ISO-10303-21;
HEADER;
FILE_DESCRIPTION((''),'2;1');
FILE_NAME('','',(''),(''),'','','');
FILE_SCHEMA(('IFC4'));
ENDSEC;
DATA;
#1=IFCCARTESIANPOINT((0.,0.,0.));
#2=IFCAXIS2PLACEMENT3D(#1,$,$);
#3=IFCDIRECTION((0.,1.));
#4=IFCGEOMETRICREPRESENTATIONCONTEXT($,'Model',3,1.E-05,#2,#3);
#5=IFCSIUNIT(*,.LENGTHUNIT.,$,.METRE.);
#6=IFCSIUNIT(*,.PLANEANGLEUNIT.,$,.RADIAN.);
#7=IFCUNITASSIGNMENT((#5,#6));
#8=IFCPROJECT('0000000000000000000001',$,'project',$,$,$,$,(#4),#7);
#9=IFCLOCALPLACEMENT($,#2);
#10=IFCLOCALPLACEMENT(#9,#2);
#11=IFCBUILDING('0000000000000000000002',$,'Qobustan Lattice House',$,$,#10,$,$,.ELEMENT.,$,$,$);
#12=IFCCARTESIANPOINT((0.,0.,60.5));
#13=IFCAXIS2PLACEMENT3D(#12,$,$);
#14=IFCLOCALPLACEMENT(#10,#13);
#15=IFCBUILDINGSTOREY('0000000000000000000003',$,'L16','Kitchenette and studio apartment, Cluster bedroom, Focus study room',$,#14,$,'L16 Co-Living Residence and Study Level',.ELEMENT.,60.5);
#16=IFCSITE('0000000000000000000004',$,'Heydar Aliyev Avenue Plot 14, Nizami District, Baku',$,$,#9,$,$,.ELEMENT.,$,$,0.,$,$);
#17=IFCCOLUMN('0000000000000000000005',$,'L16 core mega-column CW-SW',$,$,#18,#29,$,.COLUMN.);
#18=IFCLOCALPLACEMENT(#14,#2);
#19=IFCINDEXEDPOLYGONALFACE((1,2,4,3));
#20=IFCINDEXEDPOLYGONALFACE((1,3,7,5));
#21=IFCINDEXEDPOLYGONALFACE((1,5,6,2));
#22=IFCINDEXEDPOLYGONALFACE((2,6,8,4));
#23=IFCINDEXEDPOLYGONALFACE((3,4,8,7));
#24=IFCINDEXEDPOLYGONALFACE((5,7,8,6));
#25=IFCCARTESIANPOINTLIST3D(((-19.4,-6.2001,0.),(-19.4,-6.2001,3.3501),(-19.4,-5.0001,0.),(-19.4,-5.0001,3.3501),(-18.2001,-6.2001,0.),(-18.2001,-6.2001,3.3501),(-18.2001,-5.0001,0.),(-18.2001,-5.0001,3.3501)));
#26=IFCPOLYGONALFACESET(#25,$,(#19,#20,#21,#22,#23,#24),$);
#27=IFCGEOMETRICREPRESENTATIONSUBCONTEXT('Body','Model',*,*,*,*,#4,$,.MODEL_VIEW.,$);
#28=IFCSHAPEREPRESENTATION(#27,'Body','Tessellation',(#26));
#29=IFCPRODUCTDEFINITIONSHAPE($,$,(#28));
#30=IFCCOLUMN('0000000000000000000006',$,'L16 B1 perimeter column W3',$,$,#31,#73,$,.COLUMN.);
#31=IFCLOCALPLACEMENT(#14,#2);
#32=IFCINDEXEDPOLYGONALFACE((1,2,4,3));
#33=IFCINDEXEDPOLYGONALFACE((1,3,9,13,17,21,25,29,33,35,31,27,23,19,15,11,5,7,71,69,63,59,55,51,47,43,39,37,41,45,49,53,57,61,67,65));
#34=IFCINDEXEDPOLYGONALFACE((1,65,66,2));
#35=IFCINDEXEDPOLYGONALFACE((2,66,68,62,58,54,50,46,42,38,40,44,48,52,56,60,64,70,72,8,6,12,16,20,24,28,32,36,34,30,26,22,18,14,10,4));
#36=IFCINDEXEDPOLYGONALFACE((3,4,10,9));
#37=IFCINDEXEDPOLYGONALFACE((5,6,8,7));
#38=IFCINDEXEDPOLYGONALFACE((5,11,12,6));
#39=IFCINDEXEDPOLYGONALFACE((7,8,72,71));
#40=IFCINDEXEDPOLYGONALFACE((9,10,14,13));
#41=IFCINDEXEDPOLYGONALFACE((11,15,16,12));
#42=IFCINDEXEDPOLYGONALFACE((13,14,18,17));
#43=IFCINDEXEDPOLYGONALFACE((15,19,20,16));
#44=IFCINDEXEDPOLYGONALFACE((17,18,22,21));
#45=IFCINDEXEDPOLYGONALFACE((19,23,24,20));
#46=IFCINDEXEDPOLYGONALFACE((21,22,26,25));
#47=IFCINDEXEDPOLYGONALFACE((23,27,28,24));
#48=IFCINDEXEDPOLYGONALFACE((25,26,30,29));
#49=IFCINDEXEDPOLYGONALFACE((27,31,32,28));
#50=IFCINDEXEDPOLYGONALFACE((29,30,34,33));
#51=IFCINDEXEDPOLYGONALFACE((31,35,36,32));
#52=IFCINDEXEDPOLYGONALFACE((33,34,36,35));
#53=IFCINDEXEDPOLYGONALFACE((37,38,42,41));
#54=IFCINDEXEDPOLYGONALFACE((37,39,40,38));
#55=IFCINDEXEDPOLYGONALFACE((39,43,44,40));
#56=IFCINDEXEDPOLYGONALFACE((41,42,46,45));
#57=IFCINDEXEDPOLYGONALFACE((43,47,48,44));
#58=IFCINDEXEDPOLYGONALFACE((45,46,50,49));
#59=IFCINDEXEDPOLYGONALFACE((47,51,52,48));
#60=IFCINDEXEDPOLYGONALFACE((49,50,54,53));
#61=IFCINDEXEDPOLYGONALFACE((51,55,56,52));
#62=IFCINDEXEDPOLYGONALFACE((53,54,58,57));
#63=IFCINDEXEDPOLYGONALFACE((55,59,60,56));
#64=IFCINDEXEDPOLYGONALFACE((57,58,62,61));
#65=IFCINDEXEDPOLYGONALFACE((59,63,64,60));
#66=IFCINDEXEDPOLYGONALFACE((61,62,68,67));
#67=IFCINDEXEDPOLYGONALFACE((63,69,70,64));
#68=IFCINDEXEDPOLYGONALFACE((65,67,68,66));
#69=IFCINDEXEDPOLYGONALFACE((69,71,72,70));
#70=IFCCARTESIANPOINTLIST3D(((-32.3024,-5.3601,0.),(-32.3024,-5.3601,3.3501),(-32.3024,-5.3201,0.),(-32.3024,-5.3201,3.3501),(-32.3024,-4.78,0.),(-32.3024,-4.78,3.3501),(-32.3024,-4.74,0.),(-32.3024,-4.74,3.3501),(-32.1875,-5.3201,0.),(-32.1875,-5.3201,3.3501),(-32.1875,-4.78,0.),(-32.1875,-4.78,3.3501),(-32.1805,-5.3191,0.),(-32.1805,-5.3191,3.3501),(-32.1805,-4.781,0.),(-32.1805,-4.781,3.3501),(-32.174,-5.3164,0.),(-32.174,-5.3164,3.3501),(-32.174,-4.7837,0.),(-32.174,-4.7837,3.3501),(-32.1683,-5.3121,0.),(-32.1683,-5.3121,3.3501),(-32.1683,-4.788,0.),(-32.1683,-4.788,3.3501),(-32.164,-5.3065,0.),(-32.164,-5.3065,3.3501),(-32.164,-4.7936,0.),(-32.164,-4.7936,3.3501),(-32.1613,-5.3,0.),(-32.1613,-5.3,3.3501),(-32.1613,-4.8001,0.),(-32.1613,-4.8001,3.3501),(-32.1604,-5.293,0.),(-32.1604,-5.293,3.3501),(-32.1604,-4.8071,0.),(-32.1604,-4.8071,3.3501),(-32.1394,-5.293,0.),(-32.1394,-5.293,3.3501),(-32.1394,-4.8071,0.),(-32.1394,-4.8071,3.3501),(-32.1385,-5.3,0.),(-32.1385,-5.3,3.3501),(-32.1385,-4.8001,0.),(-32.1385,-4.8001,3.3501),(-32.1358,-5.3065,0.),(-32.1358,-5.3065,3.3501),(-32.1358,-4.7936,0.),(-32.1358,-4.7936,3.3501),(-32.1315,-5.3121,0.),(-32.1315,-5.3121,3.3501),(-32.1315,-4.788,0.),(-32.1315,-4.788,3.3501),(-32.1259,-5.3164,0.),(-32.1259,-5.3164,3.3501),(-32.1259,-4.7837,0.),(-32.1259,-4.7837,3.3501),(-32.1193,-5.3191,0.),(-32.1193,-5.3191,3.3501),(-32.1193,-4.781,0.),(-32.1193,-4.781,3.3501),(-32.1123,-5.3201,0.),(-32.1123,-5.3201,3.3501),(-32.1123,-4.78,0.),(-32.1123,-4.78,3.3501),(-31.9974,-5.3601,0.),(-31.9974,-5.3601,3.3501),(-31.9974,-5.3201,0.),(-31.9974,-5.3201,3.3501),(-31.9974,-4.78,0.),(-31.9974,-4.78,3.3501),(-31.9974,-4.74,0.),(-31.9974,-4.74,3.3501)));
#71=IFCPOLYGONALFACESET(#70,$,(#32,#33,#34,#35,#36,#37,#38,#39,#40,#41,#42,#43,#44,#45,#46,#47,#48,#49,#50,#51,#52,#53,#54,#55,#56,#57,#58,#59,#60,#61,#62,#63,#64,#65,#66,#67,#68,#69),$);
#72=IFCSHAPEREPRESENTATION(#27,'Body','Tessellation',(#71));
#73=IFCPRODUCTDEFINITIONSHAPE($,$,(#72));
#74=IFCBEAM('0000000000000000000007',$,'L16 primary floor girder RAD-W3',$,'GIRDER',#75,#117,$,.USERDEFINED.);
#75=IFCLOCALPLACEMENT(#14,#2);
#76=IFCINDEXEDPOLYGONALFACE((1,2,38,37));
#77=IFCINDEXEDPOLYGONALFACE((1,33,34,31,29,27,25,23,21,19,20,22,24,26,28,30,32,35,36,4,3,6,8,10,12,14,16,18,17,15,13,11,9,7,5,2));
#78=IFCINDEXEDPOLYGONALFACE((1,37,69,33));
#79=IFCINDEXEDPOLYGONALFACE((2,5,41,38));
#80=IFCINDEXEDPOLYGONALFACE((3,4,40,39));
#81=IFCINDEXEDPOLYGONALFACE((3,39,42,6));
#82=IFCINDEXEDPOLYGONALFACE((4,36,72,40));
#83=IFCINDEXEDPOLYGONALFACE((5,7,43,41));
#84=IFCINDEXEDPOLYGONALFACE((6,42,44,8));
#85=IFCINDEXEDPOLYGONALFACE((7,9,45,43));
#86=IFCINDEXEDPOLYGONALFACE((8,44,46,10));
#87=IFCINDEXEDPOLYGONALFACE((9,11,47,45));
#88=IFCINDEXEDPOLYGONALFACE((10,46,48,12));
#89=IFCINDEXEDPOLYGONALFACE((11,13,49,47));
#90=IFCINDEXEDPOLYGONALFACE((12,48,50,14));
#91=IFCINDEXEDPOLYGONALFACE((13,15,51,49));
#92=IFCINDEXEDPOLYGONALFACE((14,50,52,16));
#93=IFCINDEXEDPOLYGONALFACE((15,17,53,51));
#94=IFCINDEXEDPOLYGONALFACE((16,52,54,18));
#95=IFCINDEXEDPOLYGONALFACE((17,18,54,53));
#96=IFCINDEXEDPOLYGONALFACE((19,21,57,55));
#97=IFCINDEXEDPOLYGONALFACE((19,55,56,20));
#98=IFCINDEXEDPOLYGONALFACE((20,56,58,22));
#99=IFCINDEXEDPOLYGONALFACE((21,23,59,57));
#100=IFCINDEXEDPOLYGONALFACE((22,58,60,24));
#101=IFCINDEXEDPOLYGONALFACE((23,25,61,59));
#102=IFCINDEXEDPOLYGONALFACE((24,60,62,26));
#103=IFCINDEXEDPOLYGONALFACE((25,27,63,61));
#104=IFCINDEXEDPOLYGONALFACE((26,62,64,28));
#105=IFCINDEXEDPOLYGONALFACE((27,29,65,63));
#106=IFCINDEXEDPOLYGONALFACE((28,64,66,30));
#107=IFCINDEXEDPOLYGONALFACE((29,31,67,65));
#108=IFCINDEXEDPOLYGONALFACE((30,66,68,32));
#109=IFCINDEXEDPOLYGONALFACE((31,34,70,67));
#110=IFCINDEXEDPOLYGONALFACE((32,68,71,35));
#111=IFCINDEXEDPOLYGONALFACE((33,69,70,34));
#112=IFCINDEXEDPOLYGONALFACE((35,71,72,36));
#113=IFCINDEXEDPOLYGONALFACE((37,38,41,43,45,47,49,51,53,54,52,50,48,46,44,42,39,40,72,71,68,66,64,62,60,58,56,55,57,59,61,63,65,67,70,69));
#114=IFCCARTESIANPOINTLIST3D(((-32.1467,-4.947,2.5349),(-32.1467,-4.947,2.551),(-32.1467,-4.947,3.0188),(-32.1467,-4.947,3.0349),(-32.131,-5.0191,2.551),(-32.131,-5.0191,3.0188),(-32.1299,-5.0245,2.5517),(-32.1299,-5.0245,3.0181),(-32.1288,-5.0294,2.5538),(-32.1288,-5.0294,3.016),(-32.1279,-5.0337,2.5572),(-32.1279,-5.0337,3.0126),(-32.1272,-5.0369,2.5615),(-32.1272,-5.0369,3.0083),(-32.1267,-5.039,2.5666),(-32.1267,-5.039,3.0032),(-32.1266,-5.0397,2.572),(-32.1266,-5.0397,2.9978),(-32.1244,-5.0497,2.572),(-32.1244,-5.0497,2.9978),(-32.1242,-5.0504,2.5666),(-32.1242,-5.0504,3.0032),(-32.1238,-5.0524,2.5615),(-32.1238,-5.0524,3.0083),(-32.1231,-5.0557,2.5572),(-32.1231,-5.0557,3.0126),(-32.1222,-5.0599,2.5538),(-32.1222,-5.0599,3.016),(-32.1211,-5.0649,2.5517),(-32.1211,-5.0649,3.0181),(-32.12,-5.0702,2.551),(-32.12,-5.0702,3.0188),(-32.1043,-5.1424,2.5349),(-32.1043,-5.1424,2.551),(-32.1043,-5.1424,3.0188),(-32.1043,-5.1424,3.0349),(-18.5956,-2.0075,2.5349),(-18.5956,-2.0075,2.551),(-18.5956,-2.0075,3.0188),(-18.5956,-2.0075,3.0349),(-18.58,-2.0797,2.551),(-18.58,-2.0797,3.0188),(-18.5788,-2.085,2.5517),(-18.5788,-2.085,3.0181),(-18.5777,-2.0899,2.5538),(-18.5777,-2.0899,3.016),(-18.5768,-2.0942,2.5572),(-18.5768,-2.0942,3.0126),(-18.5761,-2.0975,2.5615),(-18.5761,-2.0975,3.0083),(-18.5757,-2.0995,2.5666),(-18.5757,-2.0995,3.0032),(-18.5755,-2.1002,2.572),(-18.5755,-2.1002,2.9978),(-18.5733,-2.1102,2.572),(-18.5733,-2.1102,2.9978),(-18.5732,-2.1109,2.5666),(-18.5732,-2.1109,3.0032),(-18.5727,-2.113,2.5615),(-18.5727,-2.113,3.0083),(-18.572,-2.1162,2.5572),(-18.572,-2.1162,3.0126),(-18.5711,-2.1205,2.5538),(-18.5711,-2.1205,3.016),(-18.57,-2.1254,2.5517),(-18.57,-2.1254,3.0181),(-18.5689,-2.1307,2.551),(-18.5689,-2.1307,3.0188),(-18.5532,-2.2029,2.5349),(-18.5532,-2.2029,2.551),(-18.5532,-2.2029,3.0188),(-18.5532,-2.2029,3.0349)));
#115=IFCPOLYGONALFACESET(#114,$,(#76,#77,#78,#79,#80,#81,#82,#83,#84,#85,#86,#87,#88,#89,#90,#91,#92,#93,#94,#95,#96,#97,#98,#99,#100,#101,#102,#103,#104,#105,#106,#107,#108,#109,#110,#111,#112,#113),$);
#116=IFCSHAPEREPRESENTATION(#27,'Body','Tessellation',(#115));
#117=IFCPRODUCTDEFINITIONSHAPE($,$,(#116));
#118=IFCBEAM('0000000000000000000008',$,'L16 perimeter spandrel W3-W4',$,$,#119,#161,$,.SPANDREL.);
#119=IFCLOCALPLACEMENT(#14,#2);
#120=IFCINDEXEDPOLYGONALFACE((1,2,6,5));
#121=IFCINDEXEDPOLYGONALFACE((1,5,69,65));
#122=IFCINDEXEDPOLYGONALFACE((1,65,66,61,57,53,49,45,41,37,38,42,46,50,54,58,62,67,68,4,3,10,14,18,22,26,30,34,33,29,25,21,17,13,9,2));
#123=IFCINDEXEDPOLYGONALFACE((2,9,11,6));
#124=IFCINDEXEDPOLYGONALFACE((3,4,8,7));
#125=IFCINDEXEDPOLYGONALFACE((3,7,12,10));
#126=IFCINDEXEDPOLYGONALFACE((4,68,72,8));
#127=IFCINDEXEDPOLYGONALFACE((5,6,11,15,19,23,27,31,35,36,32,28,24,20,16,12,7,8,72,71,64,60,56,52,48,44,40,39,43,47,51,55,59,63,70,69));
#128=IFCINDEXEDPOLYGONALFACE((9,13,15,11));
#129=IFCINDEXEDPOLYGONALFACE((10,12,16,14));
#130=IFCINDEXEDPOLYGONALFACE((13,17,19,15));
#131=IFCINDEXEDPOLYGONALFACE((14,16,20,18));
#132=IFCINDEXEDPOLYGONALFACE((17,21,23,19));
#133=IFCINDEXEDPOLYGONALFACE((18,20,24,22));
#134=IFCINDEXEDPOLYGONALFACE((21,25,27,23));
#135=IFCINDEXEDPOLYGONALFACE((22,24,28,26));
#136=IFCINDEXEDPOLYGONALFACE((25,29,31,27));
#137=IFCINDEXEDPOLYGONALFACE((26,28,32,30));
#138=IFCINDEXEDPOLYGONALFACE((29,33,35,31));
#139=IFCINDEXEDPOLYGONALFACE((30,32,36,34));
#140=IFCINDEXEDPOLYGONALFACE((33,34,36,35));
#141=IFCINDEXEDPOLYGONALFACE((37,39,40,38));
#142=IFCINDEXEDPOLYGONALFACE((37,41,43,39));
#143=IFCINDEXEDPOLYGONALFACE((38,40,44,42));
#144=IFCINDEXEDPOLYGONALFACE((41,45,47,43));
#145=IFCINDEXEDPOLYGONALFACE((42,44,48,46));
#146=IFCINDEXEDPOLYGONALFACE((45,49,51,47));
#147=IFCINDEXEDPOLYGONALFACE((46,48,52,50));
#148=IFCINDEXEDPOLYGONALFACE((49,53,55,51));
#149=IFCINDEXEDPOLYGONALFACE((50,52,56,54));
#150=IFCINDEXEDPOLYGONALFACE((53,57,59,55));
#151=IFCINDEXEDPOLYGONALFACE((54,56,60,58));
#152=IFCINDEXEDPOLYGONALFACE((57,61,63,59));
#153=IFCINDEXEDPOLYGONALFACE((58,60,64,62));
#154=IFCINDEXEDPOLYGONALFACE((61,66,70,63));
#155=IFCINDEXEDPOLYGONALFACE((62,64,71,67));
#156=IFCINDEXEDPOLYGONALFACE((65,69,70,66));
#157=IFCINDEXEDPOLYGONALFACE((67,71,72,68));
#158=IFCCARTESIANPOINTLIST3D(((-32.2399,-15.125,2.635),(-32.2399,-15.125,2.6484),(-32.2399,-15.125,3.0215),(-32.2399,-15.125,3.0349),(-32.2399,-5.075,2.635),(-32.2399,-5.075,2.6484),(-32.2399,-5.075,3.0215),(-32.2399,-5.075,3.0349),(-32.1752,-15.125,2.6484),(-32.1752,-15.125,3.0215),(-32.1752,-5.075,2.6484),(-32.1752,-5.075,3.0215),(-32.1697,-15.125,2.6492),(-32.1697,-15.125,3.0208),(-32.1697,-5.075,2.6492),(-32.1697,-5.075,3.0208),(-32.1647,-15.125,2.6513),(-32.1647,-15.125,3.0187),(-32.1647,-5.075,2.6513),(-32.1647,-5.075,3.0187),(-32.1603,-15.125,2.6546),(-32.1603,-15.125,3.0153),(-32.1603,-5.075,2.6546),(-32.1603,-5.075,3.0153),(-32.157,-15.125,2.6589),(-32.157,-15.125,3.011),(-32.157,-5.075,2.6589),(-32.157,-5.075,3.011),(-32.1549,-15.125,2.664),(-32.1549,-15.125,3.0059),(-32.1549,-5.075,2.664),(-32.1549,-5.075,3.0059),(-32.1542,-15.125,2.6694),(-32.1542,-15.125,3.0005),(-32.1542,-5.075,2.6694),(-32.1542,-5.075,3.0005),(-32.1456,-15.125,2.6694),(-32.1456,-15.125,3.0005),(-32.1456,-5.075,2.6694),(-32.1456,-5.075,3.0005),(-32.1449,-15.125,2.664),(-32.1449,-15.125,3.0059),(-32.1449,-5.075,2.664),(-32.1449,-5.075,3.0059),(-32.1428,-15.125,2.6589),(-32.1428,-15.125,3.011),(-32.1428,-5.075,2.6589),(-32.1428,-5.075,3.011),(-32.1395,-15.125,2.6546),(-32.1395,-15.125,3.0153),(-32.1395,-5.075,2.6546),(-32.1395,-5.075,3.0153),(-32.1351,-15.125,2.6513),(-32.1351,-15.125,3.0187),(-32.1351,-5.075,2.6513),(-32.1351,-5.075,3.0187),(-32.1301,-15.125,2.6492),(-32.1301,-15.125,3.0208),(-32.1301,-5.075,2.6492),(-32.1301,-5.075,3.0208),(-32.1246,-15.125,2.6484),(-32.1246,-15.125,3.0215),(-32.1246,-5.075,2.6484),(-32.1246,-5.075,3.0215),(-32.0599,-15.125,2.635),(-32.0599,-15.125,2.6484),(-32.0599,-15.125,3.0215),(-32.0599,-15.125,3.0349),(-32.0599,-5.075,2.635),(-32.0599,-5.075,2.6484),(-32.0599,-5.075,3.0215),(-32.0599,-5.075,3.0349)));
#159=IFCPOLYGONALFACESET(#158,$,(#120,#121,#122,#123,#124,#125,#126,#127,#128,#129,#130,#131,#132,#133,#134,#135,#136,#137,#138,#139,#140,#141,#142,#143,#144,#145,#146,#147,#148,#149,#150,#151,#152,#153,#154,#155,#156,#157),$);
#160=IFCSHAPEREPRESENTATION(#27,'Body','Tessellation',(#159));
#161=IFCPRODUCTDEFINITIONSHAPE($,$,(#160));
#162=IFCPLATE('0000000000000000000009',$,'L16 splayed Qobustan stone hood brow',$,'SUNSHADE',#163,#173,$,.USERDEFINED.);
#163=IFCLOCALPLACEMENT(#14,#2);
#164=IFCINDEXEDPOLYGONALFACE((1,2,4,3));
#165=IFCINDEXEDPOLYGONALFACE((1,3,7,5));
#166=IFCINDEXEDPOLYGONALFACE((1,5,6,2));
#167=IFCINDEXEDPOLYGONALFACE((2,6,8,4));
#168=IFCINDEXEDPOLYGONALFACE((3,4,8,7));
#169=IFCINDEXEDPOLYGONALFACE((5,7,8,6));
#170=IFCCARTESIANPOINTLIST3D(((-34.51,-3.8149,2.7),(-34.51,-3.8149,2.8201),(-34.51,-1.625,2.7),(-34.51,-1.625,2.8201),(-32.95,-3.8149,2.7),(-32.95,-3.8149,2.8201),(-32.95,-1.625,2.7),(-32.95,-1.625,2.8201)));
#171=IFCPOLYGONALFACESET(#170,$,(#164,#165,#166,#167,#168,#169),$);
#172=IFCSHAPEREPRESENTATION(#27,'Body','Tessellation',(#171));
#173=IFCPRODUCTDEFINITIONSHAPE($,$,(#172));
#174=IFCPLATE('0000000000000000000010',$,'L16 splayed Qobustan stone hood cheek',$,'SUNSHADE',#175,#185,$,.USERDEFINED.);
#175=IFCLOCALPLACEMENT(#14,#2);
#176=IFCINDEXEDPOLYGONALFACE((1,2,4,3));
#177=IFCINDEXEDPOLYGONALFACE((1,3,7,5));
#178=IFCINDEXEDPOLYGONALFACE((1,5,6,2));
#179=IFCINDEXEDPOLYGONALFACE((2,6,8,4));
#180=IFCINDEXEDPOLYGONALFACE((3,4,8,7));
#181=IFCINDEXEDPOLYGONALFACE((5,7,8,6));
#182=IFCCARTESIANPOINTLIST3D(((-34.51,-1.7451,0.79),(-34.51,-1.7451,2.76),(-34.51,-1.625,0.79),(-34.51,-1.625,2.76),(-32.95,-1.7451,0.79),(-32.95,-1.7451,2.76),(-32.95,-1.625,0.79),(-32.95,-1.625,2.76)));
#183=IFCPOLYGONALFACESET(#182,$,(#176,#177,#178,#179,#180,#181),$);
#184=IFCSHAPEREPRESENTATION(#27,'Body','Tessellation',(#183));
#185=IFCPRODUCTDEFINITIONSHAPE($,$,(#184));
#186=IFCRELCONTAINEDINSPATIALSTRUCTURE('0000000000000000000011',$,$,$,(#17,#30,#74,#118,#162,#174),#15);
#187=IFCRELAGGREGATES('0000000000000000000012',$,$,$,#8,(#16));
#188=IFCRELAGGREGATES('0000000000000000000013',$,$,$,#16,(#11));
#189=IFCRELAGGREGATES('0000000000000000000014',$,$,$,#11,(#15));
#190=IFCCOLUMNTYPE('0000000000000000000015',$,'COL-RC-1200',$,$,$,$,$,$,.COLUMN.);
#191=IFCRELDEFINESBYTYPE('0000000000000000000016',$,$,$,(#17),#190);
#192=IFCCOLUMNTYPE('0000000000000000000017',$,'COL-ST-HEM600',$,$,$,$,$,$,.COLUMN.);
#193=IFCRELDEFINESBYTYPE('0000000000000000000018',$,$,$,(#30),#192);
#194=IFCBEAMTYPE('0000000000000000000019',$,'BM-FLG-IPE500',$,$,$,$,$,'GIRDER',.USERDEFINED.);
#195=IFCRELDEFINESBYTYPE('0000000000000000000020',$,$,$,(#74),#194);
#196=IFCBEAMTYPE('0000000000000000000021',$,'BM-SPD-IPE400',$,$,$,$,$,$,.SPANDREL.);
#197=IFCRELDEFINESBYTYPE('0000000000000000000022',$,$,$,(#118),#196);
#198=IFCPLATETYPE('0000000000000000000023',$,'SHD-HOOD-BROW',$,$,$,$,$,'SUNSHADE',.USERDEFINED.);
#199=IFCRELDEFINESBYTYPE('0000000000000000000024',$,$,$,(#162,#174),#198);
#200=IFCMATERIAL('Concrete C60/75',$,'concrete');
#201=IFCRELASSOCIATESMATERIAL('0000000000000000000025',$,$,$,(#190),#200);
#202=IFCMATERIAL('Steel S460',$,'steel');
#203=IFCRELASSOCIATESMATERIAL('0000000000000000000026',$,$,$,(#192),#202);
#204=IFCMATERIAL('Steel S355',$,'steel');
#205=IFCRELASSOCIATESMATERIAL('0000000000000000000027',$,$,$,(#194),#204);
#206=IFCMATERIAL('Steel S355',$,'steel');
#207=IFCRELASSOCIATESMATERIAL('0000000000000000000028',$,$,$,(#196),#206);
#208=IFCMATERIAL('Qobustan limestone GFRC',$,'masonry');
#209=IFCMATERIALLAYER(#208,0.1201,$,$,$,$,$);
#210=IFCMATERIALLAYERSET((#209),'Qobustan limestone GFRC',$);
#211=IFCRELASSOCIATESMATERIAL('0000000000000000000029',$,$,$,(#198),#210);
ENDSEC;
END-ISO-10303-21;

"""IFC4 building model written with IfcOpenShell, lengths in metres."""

from ifc_helpers import new_model, si_unit, direction, frame, origin, origin_2d, place, context, subcontext, project, spatial, rectangle, i_section, extrude, material, layer, layer_set, material_profile, profile_set, type_object, element, save


model = new_model("IFC4")

# Units and contexts
model_context = context("Model", 3, precision=1e-05, world=origin(), true_north=direction((0.0, 1.0)))
body_context = subcontext(model_context, "Body", "Model", "MODEL_VIEW")
ifc_project = project(units=[si_unit("LENGTHUNIT", "METRE"), si_unit("PLANEANGLEUNIT", "RADIAN")], contexts=[model_context])

# Site, building, storey
site_placement = place(None, origin())
site = spatial("IfcSite", under=ifc_project, at=site_placement, Name="Heydar Aliyev Avenue Plot 14, Nizami District, Baku", CompositionType="ELEMENT", RefElevation=0.0)
building_placement = place(site_placement, origin())
building = spatial("IfcBuilding", under=site, at=building_placement, Name="Qobustan Lattice House", CompositionType="ELEMENT")
storey_placement = place(building_placement, frame((0.0, 0.0, 60.5)))
storey = spatial("IfcBuildingStorey", under=building, at=storey_placement, Name="L16", Description="Kitchenette and studio apartment, Cluster bedroom, Focus study room", LongName="L16 Co-Living Residence and Study Level", CompositionType="ELEMENT", Elevation=60.5)

# Columns
ifc_material_1 = material(Name="Concrete C60/75", Category="concrete")
ifc_material_profile_1 = material_profile(ifc_material_1, rectangle(XDim=1.2, YDim=1.2, at=origin_2d()), Name="RC1200x1200")
ifc_profile_set_1 = profile_set([ifc_material_profile_1], Name="Concrete C60/75")
column_type_1 = type_object("IfcColumnType", Name="COL-RC-1200", PredefinedType="COLUMN", material=ifc_profile_set_1)
column_1_placement = place(storey_placement, frame((-18.8, -5.6001, 0.0), z_axis=(0.0, 0.0, 1.0), x_axis=(1.0, 0.0, 0.0)))
element("IfcColumn", 1, at=column_1_placement, inside=storey, type_object=column_type_1, Name="L16 core mega-column CW-SW", PredefinedType="COLUMN", context=body_context, shape_type="SweptSolid", body=[
    extrude(rectangle(XDim=1.2, YDim=1.2, at=origin_2d()), origin(), (0.0, 0.0, 1.0), 3.3501),
])
ifc_material_2 = material(Name="Steel S460", Category="steel")
ifc_material_profile_2 = material_profile(ifc_material_2, i_section(OverallWidth=0.3049, OverallDepth=0.6201, WebThickness=0.021, FlangeThickness=0.04, FilletRadius=0.0271, at=origin_2d()), Name="HEM600")
ifc_profile_set_2 = profile_set([ifc_material_profile_2], Name="Steel S460")
column_type_2 = type_object("IfcColumnType", Name="COL-ST-HEM600", PredefinedType="COLUMN", material=ifc_profile_set_2)
column_2_placement = place(storey_placement, frame((-32.1499, -5.05, 0.0), z_axis=(0.0, 0.0, 1.0), x_axis=(1.0, 0.0, 0.0)))
element("IfcColumn", 2, at=column_2_placement, inside=storey, type_object=column_type_2, Name="L16 B1 perimeter column W3", PredefinedType="COLUMN", context=body_context, shape_type="SweptSolid", body=[
    extrude(i_section(OverallWidth=0.3049, OverallDepth=0.6201, WebThickness=0.021, FlangeThickness=0.04, FilletRadius=0.0271, at=origin_2d()), origin(), (0.0, 0.0, 1.0), 3.3501),
])

# Beams
ifc_material_3 = material(Name="Steel S355", Category="steel")
ifc_material_profile_3 = material_profile(ifc_material_3, i_section(OverallWidth=0.2, OverallDepth=0.5, WebThickness=0.0103, FlangeThickness=0.0161, FilletRadius=0.021, at=origin_2d()), Name="IPE500")
ifc_profile_set_3 = profile_set([ifc_material_profile_3], Name="Steel S355")
beam_type_1 = type_object("IfcBeamType", Name="BM-FLG-IPE500", ElementType="GIRDER", PredefinedType="USERDEFINED", material=ifc_profile_set_3)
beam_1_placement = place(storey_placement, frame((-32.1255, -5.0447, 2.7849), z_axis=(0.977272, 0.211987, 0.0), x_axis=(-0.211987, 0.977272, 0.0)))
element("IfcBeam", 3, at=beam_1_placement, inside=storey, type_object=beam_type_1, Name="L16 primary floor girder RAD-W3", ObjectType="GIRDER", PredefinedType="USERDEFINED", context=body_context, shape_type="SweptSolid", body=[
    extrude(i_section(OverallWidth=0.2, OverallDepth=0.5, WebThickness=0.0103, FlangeThickness=0.0161, FilletRadius=0.021, at=origin_2d()), origin(), (0.0, 0.0, 1.0), 13.8662),
])
ifc_material_4 = material(Name="Steel S355", Category="steel")
ifc_material_profile_4 = material_profile(ifc_material_4, i_section(OverallWidth=0.1799, OverallDepth=0.3999, WebThickness=0.0085, FlangeThickness=0.0134, FilletRadius=0.021, at=origin_2d()), Name="IPE400")
ifc_profile_set_4 = profile_set([ifc_material_profile_4], Name="Steel S355")
beam_type_2 = type_object("IfcBeamType", Name="BM-SPD-IPE400", PredefinedType="SPANDREL", material=ifc_profile_set_4)
beam_2_placement = place(storey_placement, frame((-32.1499, -5.075, 2.835), z_axis=(0.0, -1.0, 0.0), x_axis=(1.0, 0.0, 0.0)))
element("IfcBeam", 4, at=beam_2_placement, inside=storey, type_object=beam_type_2, Name="L16 perimeter spandrel W3-W4", PredefinedType="SPANDREL", context=body_context, shape_type="SweptSolid", body=[
    extrude(i_section(OverallWidth=0.1799, OverallDepth=0.3999, WebThickness=0.0085, FlangeThickness=0.0134, FilletRadius=0.021, at=origin_2d()), origin(), (0.0, 0.0, 1.0), 10.05),
])

# Plates
ifc_material_5 = material(Name="Qobustan limestone GFRC", Category="masonry")
ifc_layer_1 = layer(ifc_material_5, 0.1201)
ifc_layer_set_1 = layer_set([ifc_layer_1], Name="Qobustan limestone GFRC")
plate_type = type_object("IfcPlateType", Name="SHD-HOOD-BROW", ElementType="SUNSHADE", PredefinedType="USERDEFINED", material=ifc_layer_set_1)
plate_1_placement = place(storey_placement, frame((-33.73, -2.72, 2.7), z_axis=(0.0, 0.0, 1.0), x_axis=(0.0, 1.0, 0.0)))
element("IfcPlate", 5, at=plate_1_placement, inside=storey, type_object=plate_type, Name="L16 splayed Qobustan stone hood brow", ObjectType="SUNSHADE", PredefinedType="USERDEFINED", context=body_context, shape_type="SweptSolid", body=[
    extrude(rectangle(XDim=2.1899, YDim=1.5601, at=origin_2d()), origin(), (0.0, 0.0, 1.0), 0.1201),
])
plate_2_placement = place(storey_placement, frame((-33.73, -1.6851, 0.79), z_axis=(0.0, 0.0, 1.0), x_axis=(0.0, 1.0, 0.0)))
element("IfcPlate", 6, at=plate_2_placement, inside=storey, type_object=plate_type, Name="L16 splayed Qobustan stone hood cheek", ObjectType="SUNSHADE", PredefinedType="USERDEFINED", context=body_context, shape_type="SweptSolid", body=[
    extrude(rectangle(XDim=0.1201, YDim=1.5601, at=origin_2d()), origin(), (0.0, 0.0, 1.0), 1.97),
])

save(model, "model.ifc")
